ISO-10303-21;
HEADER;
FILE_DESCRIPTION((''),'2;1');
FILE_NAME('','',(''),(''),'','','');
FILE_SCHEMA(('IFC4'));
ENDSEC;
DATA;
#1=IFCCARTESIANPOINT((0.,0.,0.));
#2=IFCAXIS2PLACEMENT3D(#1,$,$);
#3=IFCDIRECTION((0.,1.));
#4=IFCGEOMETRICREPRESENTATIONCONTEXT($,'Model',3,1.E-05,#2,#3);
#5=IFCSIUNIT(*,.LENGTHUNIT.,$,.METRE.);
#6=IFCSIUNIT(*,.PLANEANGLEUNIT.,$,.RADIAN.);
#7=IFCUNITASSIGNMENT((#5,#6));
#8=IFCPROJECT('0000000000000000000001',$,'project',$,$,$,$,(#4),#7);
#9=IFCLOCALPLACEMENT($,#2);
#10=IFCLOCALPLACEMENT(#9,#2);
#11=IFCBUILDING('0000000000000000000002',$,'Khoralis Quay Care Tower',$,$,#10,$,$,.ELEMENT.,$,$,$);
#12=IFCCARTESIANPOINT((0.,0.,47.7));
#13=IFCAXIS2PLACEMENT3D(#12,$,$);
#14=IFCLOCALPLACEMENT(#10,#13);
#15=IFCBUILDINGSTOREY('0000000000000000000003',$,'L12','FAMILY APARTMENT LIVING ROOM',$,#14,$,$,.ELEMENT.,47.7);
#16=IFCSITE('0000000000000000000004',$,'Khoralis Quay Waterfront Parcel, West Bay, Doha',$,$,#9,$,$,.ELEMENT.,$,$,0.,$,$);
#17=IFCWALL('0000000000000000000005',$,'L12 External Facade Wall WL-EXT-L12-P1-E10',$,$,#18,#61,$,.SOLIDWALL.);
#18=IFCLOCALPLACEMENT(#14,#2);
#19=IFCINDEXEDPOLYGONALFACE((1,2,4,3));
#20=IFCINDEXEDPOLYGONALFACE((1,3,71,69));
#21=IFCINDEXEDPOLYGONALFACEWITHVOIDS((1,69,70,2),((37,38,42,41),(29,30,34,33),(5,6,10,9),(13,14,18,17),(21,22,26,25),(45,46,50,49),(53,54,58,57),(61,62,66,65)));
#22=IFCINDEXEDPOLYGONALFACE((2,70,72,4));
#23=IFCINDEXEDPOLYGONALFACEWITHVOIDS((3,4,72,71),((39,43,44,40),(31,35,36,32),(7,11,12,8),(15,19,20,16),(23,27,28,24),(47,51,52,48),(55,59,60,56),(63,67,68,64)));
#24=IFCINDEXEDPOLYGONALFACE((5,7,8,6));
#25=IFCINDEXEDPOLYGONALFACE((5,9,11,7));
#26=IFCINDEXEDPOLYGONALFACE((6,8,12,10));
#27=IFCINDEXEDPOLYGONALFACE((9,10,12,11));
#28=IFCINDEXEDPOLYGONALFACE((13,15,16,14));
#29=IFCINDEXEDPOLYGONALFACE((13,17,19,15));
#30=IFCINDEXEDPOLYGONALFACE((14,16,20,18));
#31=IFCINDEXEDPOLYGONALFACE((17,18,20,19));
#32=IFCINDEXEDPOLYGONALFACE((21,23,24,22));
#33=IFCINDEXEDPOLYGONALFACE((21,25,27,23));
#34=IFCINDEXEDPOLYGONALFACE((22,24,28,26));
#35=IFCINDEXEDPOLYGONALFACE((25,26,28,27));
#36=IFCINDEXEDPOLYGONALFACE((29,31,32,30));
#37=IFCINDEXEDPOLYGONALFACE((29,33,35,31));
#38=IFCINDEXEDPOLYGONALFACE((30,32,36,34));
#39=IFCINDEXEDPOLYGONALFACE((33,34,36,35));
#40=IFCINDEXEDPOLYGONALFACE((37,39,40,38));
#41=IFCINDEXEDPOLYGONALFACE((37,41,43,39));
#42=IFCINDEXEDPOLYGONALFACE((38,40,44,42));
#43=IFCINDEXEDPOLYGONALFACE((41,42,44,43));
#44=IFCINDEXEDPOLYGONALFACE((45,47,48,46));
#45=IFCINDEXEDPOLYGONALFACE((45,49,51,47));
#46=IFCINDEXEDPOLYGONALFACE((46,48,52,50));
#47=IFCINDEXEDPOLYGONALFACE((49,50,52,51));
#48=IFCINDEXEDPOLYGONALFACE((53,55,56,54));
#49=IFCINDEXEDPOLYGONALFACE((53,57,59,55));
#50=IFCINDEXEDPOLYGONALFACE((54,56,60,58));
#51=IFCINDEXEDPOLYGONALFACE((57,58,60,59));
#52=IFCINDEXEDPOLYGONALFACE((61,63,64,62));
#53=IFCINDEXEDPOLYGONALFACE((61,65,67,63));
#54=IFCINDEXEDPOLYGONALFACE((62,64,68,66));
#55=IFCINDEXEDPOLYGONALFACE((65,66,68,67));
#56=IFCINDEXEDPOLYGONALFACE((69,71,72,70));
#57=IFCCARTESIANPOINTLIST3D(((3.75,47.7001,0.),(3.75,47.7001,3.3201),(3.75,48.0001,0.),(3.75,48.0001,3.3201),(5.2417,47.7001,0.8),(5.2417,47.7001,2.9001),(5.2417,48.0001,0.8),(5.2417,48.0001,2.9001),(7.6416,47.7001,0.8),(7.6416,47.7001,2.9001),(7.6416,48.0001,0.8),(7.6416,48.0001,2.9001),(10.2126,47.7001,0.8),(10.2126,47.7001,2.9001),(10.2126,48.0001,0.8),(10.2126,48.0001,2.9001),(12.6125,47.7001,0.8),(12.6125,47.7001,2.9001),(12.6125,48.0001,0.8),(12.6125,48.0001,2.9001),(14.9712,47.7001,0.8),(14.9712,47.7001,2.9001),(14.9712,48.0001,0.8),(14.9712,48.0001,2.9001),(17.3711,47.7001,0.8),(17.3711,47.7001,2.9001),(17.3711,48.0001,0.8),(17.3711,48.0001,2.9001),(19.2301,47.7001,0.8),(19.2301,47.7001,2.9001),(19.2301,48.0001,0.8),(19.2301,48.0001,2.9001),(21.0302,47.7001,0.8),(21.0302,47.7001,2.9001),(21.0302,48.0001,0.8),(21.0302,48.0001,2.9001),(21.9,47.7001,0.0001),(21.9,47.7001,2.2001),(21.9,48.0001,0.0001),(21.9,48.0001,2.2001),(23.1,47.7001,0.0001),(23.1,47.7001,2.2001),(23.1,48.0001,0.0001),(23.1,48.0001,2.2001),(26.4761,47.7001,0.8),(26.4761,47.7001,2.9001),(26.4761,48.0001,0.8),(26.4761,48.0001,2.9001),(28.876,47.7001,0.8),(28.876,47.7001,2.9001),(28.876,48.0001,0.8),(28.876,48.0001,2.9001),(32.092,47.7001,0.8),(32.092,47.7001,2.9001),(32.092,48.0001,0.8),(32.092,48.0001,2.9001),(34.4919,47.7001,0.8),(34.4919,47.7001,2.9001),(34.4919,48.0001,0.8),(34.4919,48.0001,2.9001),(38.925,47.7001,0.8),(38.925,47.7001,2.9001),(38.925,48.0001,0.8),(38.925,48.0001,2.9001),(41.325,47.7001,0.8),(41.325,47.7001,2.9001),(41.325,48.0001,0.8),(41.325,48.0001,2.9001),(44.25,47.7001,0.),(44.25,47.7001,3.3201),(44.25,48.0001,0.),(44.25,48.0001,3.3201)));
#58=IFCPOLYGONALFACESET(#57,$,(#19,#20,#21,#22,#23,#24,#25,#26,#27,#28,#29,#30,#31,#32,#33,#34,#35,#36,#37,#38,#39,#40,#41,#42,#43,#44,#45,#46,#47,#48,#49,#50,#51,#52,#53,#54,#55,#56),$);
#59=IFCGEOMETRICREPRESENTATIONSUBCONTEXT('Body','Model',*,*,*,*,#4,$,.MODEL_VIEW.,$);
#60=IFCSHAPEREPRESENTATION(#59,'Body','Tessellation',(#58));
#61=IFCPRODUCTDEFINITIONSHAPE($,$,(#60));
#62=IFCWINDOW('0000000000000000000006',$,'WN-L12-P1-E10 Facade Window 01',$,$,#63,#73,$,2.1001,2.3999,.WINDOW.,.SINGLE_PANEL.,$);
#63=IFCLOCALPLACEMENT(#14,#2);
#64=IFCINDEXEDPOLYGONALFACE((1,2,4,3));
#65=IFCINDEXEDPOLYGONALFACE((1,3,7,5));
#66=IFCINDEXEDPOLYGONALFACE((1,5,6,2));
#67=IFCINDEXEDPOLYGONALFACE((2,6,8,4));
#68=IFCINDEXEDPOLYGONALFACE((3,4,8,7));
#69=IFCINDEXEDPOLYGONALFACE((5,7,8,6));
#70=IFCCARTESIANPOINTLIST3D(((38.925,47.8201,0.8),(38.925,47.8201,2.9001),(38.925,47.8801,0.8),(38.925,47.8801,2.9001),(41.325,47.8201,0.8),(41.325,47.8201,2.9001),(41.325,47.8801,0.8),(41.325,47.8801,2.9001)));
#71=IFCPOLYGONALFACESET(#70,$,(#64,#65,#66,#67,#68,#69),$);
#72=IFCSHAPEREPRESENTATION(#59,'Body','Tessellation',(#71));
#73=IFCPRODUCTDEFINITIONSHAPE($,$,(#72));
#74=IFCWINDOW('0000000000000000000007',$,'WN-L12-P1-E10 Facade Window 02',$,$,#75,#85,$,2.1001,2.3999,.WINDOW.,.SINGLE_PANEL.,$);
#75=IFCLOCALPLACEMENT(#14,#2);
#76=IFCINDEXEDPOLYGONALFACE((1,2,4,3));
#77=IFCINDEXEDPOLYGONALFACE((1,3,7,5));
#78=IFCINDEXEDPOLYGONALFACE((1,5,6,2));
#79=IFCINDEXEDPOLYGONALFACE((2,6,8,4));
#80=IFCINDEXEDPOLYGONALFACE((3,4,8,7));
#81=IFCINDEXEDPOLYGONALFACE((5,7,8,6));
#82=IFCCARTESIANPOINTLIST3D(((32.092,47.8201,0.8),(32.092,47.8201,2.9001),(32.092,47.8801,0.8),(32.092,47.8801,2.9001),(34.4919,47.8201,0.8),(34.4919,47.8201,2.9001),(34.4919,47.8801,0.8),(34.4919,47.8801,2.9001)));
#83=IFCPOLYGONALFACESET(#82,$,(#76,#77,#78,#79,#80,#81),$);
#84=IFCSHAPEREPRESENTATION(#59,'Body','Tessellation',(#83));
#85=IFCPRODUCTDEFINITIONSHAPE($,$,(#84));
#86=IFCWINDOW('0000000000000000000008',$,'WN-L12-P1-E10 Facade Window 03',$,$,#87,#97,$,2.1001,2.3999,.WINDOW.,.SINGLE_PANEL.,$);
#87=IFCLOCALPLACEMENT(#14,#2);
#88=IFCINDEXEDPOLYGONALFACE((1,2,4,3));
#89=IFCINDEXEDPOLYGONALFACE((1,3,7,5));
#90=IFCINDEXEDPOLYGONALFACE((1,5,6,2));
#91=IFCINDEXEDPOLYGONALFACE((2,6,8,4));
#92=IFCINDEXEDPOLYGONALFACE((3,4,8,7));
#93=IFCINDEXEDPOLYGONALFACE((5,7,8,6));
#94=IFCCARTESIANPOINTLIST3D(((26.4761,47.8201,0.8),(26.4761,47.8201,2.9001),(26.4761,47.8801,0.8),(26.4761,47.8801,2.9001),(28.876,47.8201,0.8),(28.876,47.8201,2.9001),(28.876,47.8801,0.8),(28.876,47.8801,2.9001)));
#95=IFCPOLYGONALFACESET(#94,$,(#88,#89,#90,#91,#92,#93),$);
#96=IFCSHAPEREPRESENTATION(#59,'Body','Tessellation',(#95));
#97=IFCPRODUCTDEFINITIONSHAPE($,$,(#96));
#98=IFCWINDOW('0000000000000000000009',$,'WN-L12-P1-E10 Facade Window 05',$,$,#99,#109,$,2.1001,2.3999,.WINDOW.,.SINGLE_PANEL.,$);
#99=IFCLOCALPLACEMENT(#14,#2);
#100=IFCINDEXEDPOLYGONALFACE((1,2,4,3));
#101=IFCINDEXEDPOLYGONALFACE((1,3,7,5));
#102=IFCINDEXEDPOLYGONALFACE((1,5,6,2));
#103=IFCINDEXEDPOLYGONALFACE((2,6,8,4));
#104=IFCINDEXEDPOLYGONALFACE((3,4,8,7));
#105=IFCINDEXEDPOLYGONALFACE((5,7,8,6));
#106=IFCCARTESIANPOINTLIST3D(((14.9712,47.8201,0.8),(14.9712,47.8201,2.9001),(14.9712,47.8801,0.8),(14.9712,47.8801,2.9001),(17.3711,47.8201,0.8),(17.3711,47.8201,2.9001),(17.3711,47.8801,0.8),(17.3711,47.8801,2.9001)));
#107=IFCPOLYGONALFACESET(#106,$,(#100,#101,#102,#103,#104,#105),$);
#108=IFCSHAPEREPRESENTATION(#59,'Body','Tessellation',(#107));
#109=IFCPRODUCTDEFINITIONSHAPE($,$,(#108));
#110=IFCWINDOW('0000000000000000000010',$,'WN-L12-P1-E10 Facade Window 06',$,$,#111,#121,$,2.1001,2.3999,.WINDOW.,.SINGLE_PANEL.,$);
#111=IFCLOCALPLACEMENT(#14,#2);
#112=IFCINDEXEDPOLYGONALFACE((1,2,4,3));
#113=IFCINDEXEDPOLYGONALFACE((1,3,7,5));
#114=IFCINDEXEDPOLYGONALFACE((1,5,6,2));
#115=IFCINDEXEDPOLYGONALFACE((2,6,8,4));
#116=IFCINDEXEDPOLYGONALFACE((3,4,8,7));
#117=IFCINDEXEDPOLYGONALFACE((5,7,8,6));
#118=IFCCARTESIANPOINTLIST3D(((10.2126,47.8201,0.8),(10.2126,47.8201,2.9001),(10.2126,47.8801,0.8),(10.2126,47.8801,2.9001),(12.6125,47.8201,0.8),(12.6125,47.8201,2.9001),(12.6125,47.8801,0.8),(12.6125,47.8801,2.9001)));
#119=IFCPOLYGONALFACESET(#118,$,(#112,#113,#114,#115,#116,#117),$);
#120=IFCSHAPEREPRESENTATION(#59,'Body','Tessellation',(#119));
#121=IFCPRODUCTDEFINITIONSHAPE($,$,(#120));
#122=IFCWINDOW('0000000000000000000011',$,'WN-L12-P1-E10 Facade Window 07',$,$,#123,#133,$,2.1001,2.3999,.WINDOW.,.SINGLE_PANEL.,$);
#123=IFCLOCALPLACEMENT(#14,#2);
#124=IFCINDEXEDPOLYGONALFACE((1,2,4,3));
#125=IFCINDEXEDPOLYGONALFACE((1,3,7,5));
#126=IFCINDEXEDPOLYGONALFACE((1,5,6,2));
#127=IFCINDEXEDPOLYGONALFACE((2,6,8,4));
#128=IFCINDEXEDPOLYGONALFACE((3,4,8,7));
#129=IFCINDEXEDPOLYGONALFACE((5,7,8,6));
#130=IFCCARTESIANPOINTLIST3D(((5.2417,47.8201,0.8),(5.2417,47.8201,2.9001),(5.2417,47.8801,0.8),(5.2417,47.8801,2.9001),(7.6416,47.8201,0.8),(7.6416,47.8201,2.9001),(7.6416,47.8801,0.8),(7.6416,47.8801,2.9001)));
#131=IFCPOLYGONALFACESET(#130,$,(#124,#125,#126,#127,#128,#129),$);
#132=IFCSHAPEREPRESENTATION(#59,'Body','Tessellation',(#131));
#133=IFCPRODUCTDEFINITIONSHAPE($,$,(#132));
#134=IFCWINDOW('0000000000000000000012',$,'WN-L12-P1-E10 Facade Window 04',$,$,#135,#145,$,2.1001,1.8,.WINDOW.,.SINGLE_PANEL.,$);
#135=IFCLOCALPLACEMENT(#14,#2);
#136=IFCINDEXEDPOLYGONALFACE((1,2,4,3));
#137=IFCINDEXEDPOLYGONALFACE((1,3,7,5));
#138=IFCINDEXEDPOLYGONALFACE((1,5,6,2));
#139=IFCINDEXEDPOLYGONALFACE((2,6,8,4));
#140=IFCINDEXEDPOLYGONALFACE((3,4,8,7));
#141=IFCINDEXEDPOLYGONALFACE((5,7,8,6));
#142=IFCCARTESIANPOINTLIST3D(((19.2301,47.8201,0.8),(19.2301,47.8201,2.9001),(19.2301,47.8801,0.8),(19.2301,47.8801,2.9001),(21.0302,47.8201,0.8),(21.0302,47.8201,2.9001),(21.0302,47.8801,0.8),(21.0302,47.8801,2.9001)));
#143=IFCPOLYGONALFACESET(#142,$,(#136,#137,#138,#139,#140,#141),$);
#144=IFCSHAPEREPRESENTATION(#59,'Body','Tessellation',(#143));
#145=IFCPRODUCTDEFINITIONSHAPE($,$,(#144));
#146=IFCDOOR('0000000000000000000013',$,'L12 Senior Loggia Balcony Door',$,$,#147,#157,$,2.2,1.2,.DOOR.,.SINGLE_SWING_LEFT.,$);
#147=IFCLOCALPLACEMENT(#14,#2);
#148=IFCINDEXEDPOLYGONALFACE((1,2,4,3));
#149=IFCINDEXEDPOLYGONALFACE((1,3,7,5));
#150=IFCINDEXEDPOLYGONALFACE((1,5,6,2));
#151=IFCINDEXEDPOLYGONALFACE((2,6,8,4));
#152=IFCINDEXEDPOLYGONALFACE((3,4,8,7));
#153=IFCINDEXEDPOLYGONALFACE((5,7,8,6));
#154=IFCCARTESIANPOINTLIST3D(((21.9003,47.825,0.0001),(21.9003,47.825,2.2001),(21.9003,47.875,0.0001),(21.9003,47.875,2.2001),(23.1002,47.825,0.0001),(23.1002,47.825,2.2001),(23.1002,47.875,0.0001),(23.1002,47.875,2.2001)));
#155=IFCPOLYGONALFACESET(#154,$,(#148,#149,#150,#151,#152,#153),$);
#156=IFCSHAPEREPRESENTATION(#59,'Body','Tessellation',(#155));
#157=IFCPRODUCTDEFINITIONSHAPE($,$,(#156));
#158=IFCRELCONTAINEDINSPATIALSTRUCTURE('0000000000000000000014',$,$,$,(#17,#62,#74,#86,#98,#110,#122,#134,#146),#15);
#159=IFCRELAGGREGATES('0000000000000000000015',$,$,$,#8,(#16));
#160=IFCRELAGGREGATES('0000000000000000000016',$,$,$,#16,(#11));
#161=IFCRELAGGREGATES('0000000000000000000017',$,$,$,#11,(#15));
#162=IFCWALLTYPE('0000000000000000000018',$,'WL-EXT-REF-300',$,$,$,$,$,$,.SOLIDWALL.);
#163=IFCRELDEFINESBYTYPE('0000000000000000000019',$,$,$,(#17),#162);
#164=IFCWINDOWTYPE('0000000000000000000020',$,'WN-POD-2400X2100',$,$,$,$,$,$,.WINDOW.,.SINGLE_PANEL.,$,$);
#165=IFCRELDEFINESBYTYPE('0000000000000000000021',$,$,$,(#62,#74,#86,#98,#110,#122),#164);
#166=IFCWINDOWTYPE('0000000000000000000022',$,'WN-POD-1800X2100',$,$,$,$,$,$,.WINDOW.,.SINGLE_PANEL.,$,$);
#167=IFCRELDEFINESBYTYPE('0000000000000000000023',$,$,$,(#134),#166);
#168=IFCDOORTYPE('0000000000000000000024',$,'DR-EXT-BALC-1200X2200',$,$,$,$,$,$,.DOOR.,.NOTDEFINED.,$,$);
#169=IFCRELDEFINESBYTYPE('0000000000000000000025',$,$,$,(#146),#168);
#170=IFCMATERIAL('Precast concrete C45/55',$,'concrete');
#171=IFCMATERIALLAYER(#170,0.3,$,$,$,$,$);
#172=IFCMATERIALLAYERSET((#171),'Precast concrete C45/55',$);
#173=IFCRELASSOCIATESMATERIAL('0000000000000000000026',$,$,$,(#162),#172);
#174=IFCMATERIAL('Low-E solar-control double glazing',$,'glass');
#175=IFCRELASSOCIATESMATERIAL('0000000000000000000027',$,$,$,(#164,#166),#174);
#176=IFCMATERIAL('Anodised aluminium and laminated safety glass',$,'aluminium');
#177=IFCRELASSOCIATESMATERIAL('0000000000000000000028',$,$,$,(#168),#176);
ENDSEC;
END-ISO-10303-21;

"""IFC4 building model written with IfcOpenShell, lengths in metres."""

from ifc_helpers import new_model, si_unit, direction, frame, frame_2d, origin, place, context, subcontext, project, spatial, rectangle, extrude, source, transform, mapped, material, layer, layer_set, type_object, element, fill, save


model = new_model("IFC4")

# Units and contexts
model_context = context("Model", 3, precision=1e-05, world=origin(), true_north=direction((0.0, 1.0)))
body_context = subcontext(model_context, "Body", "Model", "MODEL_VIEW")
ifc_project = project(units=[si_unit("LENGTHUNIT", "METRE"), si_unit("PLANEANGLEUNIT", "RADIAN")], contexts=[model_context])

# Site, building, storey
site_placement = place(None, origin())
site = spatial("IfcSite", under=ifc_project, at=site_placement, Name="Khoralis Quay Waterfront Parcel, West Bay, Doha", CompositionType="ELEMENT", RefElevation=0.0)
building_placement = place(site_placement, origin())
building = spatial("IfcBuilding", under=site, at=building_placement, Name="Khoralis Quay Care Tower", CompositionType="ELEMENT")
storey_placement = place(building_placement, frame((0.0, 0.0, 47.7)))
storey = spatial("IfcBuildingStorey", under=building, at=storey_placement, Name="L12", Description="FAMILY APARTMENT LIVING ROOM", CompositionType="ELEMENT", Elevation=47.7)

# Shared definitions
ifc_material_1 = material(Name="Precast concrete C45/55", Category="concrete")
ifc_layer_1 = layer(ifc_material_1, 0.3)
ifc_layer_set_1 = layer_set([ifc_layer_1], Name="Precast concrete C45/55")
wall_type = type_object("IfcWallType", Name="WL-EXT-REF-300", PredefinedType="SOLIDWALL", material=ifc_layer_set_1)

# Wall, openings, windows, door
wall_placement = place(storey_placement, frame((44.25, 47.8501, 0.0), z_axis=(0.0, 0.0, 1.0), x_axis=(-1.0, 0.0, 0.0)))
wall = element("IfcWall", 1, at=wall_placement, inside=storey, type_object=wall_type, Name="L12 External Facade Wall WL-EXT-L12-P1-E10", PredefinedType="SOLIDWALL", context=body_context, shape_type="SweptSolid", body=[
    extrude(rectangle(XDim=40.5, YDim=0.3, at=frame_2d((20.25, 0.0))), origin(), (0.0, 0.0, 1.0), 3.3201),
])
opening_1_placement = place(wall_placement, frame((2.925, 0.0, 0.8)))
opening_1 = element("IfcOpeningElement", 2, at=opening_1_placement, cuts=wall, PredefinedType="OPENING", context=body_context, shape_type="SweptSolid", body=[
    extrude(rectangle(XDim=2.3999, YDim=2.1001, at=frame_2d((1.2, 1.05))), frame((0.0, 0.1602, 0.0), z_axis=(0.0, -1.0, 0.0), x_axis=(1.0, 0.0, 0.0)), (0.0, 0.0, 1.0), 0.3201),
])
opening_2_placement = place(wall_placement, frame((9.7581, 0.0, 0.8)))
opening_2 = element("IfcOpeningElement", 3, at=opening_2_placement, cuts=wall, PredefinedType="OPENING", context=body_context, shape_type="SweptSolid", body=[
    extrude(rectangle(XDim=2.3999, YDim=2.1001, at=frame_2d((1.2, 1.05))), frame((0.0, 0.1602, 0.0), z_axis=(0.0, -1.0, 0.0), x_axis=(1.0, 0.0, 0.0)), (0.0, 0.0, 1.0), 0.3201),
])
opening_3_placement = place(wall_placement, frame((15.374, 0.0, 0.8)))
opening_3 = element("IfcOpeningElement", 4, at=opening_3_placement, cuts=wall, PredefinedType="OPENING", context=body_context, shape_type="SweptSolid", body=[
    extrude(rectangle(XDim=2.3999, YDim=2.1001, at=frame_2d((1.2, 1.05))), frame((0.0, 0.1602, 0.0), z_axis=(0.0, -1.0, 0.0), x_axis=(1.0, 0.0, 0.0)), (0.0, 0.0, 1.0), 0.3201),
])
opening_4_placement = place(wall_placement, frame((23.22, 0.0, 0.8)))
opening_4 = element("IfcOpeningElement", 5, at=opening_4_placement, cuts=wall, PredefinedType="OPENING", context=body_context, shape_type="SweptSolid", body=[
    extrude(rectangle(XDim=1.8, YDim=2.1001, at=frame_2d((0.8999, 1.05))), frame((0.0, 0.1602, 0.0), z_axis=(0.0, -1.0, 0.0), x_axis=(1.0, 0.0, 0.0)), (0.0, 0.0, 1.0), 0.3201),
])
opening_5_placement = place(wall_placement, frame((26.8789, 0.0, 0.8)))
opening_5 = element("IfcOpeningElement", 6, at=opening_5_placement, cuts=wall, PredefinedType="OPENING", context=body_context, shape_type="SweptSolid", body=[
    extrude(rectangle(XDim=2.3999, YDim=2.1001, at=frame_2d((1.2, 1.05))), frame((0.0, 0.1602, 0.0), z_axis=(0.0, -1.0, 0.0), x_axis=(1.0, 0.0, 0.0)), (0.0, 0.0, 1.0), 0.3201),
])
opening_6_placement = place(wall_placement, frame((31.6375, 0.0, 0.8)))
opening_6 = element("IfcOpeningElement", 7, at=opening_6_placement, cuts=wall, PredefinedType="OPENING", context=body_context, shape_type="SweptSolid", body=[
    extrude(rectangle(XDim=2.3999, YDim=2.1001, at=frame_2d((1.2, 1.05))), frame((0.0, 0.1602, 0.0), z_axis=(0.0, -1.0, 0.0), x_axis=(1.0, 0.0, 0.0)), (0.0, 0.0, 1.0), 0.3201),
])
opening_7_placement = place(wall_placement, frame((36.6084, 0.0, 0.8)))
opening_7 = element("IfcOpeningElement", 8, at=opening_7_placement, cuts=wall, PredefinedType="OPENING", context=body_context, shape_type="SweptSolid", body=[
    extrude(rectangle(XDim=2.3999, YDim=2.1001, at=frame_2d((1.2, 1.05))), frame((0.0, 0.1602, 0.0), z_axis=(0.0, -1.0, 0.0), x_axis=(1.0, 0.0, 0.0)), (0.0, 0.0, 1.0), 0.3201),
])
opening_8_placement = place(wall_placement, frame((21.1499, 0.0, 0.0)))
opening_8 = element("IfcOpeningElement", 9, at=opening_8_placement, cuts=wall, PredefinedType="OPENING", context=body_context, shape_type="SweptSolid", body=[
    extrude(rectangle(XDim=1.2, YDim=2.2, at=frame_2d((0.6001, 1.1001))), frame((0.0, 0.1602, 0.0), z_axis=(0.0, -1.0, 0.0), x_axis=(1.0, 0.0, 0.0)), (0.0, 0.0, 1.0), 0.3201),
])
ifc_material_2 = material(Name="Low-E solar-control double glazing", Category="glass")
window_type_1 = type_object("IfcWindowType", Name="WN-POD-2400X2100", PartitioningType="SINGLE_PANEL", PredefinedType="WINDOW", material=ifc_material_2)
shared_shape_1 = source(origin(), body_context, "Body", "SweptSolid", [
    extrude(rectangle(XDim=2.3999, YDim=2.1001, at=frame_2d((1.2, 1.05))), frame((0.0, 0.03, 0.0), z_axis=(0.0, -1.0, 0.0), x_axis=(1.0, 0.0, 0.0)), (0.0, 0.0, 1.0), 0.0601),
])
window_1_placement = place(opening_1_placement, origin())
window_1 = element("IfcWindow", 10, at=window_1_placement, inside=storey, type_object=window_type_1, Name="WN-L12-P1-E10 Facade Window 01", OverallHeight=2.1001, OverallWidth=2.3999, PartitioningType="SINGLE_PANEL", PredefinedType="WINDOW", context=body_context, shape_type="MappedRepresentation", body=[
    mapped(shared_shape_1, transform((0.0, 0.0, 0.0), scale=1.0)),
])
fill(opening_1, window_1)
window_2_placement = place(opening_2_placement, origin())
window_2 = element("IfcWindow", 11, at=window_2_placement, inside=storey, type_object=window_type_1, Name="WN-L12-P1-E10 Facade Window 02", OverallHeight=2.1001, OverallWidth=2.3999, PartitioningType="SINGLE_PANEL", PredefinedType="WINDOW", context=body_context, shape_type="MappedRepresentation", body=[
    mapped(shared_shape_1, transform((0.0, 0.0, 0.0), scale=1.0)),
])
fill(opening_2, window_2)
window_3_placement = place(opening_3_placement, origin())
window_3 = element("IfcWindow", 12, at=window_3_placement, inside=storey, type_object=window_type_1, Name="WN-L12-P1-E10 Facade Window 03", OverallHeight=2.1001, OverallWidth=2.3999, PartitioningType="SINGLE_PANEL", PredefinedType="WINDOW", context=body_context, shape_type="MappedRepresentation", body=[
    mapped(shared_shape_1, transform((0.0, 0.0, 0.0), scale=1.0)),
])
fill(opening_3, window_3)
window_4_placement = place(opening_5_placement, origin())
window_4 = element("IfcWindow", 13, at=window_4_placement, inside=storey, type_object=window_type_1, Name="WN-L12-P1-E10 Facade Window 05", OverallHeight=2.1001, OverallWidth=2.3999, PartitioningType="SINGLE_PANEL", PredefinedType="WINDOW", context=body_context, shape_type="MappedRepresentation", body=[
    mapped(shared_shape_1, transform((0.0, 0.0, 0.0), scale=1.0)),
])
fill(opening_5, window_4)
window_5_placement = place(opening_6_placement, origin())
window_5 = element("IfcWindow", 14, at=window_5_placement, inside=storey, type_object=window_type_1, Name="WN-L12-P1-E10 Facade Window 06", OverallHeight=2.1001, OverallWidth=2.3999, PartitioningType="SINGLE_PANEL", PredefinedType="WINDOW", context=body_context, shape_type="MappedRepresentation", body=[
    mapped(shared_shape_1, transform((0.0, 0.0, 0.0), scale=1.0)),
])
fill(opening_6, window_5)
window_6_placement = place(opening_7_placement, origin())
window_6 = element("IfcWindow", 15, at=window_6_placement, inside=storey, type_object=window_type_1, Name="WN-L12-P1-E10 Facade Window 07", OverallHeight=2.1001, OverallWidth=2.3999, PartitioningType="SINGLE_PANEL", PredefinedType="WINDOW", context=body_context, shape_type="MappedRepresentation", body=[
    mapped(shared_shape_1, transform((0.0, 0.0, 0.0), scale=1.0)),
])
fill(opening_7, window_6)
window_type_2 = type_object("IfcWindowType", Name="WN-POD-1800X2100", PartitioningType="SINGLE_PANEL", PredefinedType="WINDOW", material=ifc_material_2)
shared_shape_2 = source(origin(), body_context, "Body", "SweptSolid", [
    extrude(rectangle(XDim=1.8, YDim=2.1001, at=frame_2d((0.8999, 1.05))), frame((0.0, 0.03, 0.0), z_axis=(0.0, -1.0, 0.0), x_axis=(1.0, 0.0, 0.0)), (0.0, 0.0, 1.0), 0.0601),
])
window_7_placement = place(opening_4_placement, origin())
window_7 = element("IfcWindow", 16, at=window_7_placement, inside=storey, type_object=window_type_2, Name="WN-L12-P1-E10 Facade Window 04", OverallHeight=2.1001, OverallWidth=1.8, PartitioningType="SINGLE_PANEL", PredefinedType="WINDOW", context=body_context, shape_type="MappedRepresentation", body=[
    mapped(shared_shape_2, transform((0.0, 0.0, 0.0), scale=1.0)),
])
fill(opening_4, window_7)
ifc_material_3 = material(Name="Anodised aluminium and laminated safety glass", Category="aluminium")
door_type = type_object("IfcDoorType", Name="DR-EXT-BALC-1200X2200", OperationType="NOTDEFINED", PredefinedType="DOOR", material=ifc_material_3)
shared_shape_3 = source(origin(), body_context, "Body", "SweptSolid", [
    extrude(rectangle(XDim=1.2, YDim=2.2, at=frame_2d((0.6001, 1.1001))), frame((0.0, 0.0249, 0.0), z_axis=(0.0, -1.0, 0.0), x_axis=(1.0, 0.0, 0.0)), (0.0, 0.0, 1.0), 0.05),
])
door_placement = place(opening_8_placement, frame((1.2, 0.0, 0.0), z_axis=(0.0, 0.0, 1.0), x_axis=(-1.0, 0.0, 0.0)))
door = element("IfcDoor", 17, at=door_placement, inside=storey, type_object=door_type, Name="L12 Senior Loggia Balcony Door", OperationType="SINGLE_SWING_LEFT", OverallHeight=2.2, OverallWidth=1.2, PredefinedType="DOOR", context=body_context, shape_type="MappedRepresentation", body=[
    mapped(shared_shape_3, transform((0.0, 0.0, 0.0), scale=1.0)),
])
fill(opening_8, door)

save(model, "model.ifc")
